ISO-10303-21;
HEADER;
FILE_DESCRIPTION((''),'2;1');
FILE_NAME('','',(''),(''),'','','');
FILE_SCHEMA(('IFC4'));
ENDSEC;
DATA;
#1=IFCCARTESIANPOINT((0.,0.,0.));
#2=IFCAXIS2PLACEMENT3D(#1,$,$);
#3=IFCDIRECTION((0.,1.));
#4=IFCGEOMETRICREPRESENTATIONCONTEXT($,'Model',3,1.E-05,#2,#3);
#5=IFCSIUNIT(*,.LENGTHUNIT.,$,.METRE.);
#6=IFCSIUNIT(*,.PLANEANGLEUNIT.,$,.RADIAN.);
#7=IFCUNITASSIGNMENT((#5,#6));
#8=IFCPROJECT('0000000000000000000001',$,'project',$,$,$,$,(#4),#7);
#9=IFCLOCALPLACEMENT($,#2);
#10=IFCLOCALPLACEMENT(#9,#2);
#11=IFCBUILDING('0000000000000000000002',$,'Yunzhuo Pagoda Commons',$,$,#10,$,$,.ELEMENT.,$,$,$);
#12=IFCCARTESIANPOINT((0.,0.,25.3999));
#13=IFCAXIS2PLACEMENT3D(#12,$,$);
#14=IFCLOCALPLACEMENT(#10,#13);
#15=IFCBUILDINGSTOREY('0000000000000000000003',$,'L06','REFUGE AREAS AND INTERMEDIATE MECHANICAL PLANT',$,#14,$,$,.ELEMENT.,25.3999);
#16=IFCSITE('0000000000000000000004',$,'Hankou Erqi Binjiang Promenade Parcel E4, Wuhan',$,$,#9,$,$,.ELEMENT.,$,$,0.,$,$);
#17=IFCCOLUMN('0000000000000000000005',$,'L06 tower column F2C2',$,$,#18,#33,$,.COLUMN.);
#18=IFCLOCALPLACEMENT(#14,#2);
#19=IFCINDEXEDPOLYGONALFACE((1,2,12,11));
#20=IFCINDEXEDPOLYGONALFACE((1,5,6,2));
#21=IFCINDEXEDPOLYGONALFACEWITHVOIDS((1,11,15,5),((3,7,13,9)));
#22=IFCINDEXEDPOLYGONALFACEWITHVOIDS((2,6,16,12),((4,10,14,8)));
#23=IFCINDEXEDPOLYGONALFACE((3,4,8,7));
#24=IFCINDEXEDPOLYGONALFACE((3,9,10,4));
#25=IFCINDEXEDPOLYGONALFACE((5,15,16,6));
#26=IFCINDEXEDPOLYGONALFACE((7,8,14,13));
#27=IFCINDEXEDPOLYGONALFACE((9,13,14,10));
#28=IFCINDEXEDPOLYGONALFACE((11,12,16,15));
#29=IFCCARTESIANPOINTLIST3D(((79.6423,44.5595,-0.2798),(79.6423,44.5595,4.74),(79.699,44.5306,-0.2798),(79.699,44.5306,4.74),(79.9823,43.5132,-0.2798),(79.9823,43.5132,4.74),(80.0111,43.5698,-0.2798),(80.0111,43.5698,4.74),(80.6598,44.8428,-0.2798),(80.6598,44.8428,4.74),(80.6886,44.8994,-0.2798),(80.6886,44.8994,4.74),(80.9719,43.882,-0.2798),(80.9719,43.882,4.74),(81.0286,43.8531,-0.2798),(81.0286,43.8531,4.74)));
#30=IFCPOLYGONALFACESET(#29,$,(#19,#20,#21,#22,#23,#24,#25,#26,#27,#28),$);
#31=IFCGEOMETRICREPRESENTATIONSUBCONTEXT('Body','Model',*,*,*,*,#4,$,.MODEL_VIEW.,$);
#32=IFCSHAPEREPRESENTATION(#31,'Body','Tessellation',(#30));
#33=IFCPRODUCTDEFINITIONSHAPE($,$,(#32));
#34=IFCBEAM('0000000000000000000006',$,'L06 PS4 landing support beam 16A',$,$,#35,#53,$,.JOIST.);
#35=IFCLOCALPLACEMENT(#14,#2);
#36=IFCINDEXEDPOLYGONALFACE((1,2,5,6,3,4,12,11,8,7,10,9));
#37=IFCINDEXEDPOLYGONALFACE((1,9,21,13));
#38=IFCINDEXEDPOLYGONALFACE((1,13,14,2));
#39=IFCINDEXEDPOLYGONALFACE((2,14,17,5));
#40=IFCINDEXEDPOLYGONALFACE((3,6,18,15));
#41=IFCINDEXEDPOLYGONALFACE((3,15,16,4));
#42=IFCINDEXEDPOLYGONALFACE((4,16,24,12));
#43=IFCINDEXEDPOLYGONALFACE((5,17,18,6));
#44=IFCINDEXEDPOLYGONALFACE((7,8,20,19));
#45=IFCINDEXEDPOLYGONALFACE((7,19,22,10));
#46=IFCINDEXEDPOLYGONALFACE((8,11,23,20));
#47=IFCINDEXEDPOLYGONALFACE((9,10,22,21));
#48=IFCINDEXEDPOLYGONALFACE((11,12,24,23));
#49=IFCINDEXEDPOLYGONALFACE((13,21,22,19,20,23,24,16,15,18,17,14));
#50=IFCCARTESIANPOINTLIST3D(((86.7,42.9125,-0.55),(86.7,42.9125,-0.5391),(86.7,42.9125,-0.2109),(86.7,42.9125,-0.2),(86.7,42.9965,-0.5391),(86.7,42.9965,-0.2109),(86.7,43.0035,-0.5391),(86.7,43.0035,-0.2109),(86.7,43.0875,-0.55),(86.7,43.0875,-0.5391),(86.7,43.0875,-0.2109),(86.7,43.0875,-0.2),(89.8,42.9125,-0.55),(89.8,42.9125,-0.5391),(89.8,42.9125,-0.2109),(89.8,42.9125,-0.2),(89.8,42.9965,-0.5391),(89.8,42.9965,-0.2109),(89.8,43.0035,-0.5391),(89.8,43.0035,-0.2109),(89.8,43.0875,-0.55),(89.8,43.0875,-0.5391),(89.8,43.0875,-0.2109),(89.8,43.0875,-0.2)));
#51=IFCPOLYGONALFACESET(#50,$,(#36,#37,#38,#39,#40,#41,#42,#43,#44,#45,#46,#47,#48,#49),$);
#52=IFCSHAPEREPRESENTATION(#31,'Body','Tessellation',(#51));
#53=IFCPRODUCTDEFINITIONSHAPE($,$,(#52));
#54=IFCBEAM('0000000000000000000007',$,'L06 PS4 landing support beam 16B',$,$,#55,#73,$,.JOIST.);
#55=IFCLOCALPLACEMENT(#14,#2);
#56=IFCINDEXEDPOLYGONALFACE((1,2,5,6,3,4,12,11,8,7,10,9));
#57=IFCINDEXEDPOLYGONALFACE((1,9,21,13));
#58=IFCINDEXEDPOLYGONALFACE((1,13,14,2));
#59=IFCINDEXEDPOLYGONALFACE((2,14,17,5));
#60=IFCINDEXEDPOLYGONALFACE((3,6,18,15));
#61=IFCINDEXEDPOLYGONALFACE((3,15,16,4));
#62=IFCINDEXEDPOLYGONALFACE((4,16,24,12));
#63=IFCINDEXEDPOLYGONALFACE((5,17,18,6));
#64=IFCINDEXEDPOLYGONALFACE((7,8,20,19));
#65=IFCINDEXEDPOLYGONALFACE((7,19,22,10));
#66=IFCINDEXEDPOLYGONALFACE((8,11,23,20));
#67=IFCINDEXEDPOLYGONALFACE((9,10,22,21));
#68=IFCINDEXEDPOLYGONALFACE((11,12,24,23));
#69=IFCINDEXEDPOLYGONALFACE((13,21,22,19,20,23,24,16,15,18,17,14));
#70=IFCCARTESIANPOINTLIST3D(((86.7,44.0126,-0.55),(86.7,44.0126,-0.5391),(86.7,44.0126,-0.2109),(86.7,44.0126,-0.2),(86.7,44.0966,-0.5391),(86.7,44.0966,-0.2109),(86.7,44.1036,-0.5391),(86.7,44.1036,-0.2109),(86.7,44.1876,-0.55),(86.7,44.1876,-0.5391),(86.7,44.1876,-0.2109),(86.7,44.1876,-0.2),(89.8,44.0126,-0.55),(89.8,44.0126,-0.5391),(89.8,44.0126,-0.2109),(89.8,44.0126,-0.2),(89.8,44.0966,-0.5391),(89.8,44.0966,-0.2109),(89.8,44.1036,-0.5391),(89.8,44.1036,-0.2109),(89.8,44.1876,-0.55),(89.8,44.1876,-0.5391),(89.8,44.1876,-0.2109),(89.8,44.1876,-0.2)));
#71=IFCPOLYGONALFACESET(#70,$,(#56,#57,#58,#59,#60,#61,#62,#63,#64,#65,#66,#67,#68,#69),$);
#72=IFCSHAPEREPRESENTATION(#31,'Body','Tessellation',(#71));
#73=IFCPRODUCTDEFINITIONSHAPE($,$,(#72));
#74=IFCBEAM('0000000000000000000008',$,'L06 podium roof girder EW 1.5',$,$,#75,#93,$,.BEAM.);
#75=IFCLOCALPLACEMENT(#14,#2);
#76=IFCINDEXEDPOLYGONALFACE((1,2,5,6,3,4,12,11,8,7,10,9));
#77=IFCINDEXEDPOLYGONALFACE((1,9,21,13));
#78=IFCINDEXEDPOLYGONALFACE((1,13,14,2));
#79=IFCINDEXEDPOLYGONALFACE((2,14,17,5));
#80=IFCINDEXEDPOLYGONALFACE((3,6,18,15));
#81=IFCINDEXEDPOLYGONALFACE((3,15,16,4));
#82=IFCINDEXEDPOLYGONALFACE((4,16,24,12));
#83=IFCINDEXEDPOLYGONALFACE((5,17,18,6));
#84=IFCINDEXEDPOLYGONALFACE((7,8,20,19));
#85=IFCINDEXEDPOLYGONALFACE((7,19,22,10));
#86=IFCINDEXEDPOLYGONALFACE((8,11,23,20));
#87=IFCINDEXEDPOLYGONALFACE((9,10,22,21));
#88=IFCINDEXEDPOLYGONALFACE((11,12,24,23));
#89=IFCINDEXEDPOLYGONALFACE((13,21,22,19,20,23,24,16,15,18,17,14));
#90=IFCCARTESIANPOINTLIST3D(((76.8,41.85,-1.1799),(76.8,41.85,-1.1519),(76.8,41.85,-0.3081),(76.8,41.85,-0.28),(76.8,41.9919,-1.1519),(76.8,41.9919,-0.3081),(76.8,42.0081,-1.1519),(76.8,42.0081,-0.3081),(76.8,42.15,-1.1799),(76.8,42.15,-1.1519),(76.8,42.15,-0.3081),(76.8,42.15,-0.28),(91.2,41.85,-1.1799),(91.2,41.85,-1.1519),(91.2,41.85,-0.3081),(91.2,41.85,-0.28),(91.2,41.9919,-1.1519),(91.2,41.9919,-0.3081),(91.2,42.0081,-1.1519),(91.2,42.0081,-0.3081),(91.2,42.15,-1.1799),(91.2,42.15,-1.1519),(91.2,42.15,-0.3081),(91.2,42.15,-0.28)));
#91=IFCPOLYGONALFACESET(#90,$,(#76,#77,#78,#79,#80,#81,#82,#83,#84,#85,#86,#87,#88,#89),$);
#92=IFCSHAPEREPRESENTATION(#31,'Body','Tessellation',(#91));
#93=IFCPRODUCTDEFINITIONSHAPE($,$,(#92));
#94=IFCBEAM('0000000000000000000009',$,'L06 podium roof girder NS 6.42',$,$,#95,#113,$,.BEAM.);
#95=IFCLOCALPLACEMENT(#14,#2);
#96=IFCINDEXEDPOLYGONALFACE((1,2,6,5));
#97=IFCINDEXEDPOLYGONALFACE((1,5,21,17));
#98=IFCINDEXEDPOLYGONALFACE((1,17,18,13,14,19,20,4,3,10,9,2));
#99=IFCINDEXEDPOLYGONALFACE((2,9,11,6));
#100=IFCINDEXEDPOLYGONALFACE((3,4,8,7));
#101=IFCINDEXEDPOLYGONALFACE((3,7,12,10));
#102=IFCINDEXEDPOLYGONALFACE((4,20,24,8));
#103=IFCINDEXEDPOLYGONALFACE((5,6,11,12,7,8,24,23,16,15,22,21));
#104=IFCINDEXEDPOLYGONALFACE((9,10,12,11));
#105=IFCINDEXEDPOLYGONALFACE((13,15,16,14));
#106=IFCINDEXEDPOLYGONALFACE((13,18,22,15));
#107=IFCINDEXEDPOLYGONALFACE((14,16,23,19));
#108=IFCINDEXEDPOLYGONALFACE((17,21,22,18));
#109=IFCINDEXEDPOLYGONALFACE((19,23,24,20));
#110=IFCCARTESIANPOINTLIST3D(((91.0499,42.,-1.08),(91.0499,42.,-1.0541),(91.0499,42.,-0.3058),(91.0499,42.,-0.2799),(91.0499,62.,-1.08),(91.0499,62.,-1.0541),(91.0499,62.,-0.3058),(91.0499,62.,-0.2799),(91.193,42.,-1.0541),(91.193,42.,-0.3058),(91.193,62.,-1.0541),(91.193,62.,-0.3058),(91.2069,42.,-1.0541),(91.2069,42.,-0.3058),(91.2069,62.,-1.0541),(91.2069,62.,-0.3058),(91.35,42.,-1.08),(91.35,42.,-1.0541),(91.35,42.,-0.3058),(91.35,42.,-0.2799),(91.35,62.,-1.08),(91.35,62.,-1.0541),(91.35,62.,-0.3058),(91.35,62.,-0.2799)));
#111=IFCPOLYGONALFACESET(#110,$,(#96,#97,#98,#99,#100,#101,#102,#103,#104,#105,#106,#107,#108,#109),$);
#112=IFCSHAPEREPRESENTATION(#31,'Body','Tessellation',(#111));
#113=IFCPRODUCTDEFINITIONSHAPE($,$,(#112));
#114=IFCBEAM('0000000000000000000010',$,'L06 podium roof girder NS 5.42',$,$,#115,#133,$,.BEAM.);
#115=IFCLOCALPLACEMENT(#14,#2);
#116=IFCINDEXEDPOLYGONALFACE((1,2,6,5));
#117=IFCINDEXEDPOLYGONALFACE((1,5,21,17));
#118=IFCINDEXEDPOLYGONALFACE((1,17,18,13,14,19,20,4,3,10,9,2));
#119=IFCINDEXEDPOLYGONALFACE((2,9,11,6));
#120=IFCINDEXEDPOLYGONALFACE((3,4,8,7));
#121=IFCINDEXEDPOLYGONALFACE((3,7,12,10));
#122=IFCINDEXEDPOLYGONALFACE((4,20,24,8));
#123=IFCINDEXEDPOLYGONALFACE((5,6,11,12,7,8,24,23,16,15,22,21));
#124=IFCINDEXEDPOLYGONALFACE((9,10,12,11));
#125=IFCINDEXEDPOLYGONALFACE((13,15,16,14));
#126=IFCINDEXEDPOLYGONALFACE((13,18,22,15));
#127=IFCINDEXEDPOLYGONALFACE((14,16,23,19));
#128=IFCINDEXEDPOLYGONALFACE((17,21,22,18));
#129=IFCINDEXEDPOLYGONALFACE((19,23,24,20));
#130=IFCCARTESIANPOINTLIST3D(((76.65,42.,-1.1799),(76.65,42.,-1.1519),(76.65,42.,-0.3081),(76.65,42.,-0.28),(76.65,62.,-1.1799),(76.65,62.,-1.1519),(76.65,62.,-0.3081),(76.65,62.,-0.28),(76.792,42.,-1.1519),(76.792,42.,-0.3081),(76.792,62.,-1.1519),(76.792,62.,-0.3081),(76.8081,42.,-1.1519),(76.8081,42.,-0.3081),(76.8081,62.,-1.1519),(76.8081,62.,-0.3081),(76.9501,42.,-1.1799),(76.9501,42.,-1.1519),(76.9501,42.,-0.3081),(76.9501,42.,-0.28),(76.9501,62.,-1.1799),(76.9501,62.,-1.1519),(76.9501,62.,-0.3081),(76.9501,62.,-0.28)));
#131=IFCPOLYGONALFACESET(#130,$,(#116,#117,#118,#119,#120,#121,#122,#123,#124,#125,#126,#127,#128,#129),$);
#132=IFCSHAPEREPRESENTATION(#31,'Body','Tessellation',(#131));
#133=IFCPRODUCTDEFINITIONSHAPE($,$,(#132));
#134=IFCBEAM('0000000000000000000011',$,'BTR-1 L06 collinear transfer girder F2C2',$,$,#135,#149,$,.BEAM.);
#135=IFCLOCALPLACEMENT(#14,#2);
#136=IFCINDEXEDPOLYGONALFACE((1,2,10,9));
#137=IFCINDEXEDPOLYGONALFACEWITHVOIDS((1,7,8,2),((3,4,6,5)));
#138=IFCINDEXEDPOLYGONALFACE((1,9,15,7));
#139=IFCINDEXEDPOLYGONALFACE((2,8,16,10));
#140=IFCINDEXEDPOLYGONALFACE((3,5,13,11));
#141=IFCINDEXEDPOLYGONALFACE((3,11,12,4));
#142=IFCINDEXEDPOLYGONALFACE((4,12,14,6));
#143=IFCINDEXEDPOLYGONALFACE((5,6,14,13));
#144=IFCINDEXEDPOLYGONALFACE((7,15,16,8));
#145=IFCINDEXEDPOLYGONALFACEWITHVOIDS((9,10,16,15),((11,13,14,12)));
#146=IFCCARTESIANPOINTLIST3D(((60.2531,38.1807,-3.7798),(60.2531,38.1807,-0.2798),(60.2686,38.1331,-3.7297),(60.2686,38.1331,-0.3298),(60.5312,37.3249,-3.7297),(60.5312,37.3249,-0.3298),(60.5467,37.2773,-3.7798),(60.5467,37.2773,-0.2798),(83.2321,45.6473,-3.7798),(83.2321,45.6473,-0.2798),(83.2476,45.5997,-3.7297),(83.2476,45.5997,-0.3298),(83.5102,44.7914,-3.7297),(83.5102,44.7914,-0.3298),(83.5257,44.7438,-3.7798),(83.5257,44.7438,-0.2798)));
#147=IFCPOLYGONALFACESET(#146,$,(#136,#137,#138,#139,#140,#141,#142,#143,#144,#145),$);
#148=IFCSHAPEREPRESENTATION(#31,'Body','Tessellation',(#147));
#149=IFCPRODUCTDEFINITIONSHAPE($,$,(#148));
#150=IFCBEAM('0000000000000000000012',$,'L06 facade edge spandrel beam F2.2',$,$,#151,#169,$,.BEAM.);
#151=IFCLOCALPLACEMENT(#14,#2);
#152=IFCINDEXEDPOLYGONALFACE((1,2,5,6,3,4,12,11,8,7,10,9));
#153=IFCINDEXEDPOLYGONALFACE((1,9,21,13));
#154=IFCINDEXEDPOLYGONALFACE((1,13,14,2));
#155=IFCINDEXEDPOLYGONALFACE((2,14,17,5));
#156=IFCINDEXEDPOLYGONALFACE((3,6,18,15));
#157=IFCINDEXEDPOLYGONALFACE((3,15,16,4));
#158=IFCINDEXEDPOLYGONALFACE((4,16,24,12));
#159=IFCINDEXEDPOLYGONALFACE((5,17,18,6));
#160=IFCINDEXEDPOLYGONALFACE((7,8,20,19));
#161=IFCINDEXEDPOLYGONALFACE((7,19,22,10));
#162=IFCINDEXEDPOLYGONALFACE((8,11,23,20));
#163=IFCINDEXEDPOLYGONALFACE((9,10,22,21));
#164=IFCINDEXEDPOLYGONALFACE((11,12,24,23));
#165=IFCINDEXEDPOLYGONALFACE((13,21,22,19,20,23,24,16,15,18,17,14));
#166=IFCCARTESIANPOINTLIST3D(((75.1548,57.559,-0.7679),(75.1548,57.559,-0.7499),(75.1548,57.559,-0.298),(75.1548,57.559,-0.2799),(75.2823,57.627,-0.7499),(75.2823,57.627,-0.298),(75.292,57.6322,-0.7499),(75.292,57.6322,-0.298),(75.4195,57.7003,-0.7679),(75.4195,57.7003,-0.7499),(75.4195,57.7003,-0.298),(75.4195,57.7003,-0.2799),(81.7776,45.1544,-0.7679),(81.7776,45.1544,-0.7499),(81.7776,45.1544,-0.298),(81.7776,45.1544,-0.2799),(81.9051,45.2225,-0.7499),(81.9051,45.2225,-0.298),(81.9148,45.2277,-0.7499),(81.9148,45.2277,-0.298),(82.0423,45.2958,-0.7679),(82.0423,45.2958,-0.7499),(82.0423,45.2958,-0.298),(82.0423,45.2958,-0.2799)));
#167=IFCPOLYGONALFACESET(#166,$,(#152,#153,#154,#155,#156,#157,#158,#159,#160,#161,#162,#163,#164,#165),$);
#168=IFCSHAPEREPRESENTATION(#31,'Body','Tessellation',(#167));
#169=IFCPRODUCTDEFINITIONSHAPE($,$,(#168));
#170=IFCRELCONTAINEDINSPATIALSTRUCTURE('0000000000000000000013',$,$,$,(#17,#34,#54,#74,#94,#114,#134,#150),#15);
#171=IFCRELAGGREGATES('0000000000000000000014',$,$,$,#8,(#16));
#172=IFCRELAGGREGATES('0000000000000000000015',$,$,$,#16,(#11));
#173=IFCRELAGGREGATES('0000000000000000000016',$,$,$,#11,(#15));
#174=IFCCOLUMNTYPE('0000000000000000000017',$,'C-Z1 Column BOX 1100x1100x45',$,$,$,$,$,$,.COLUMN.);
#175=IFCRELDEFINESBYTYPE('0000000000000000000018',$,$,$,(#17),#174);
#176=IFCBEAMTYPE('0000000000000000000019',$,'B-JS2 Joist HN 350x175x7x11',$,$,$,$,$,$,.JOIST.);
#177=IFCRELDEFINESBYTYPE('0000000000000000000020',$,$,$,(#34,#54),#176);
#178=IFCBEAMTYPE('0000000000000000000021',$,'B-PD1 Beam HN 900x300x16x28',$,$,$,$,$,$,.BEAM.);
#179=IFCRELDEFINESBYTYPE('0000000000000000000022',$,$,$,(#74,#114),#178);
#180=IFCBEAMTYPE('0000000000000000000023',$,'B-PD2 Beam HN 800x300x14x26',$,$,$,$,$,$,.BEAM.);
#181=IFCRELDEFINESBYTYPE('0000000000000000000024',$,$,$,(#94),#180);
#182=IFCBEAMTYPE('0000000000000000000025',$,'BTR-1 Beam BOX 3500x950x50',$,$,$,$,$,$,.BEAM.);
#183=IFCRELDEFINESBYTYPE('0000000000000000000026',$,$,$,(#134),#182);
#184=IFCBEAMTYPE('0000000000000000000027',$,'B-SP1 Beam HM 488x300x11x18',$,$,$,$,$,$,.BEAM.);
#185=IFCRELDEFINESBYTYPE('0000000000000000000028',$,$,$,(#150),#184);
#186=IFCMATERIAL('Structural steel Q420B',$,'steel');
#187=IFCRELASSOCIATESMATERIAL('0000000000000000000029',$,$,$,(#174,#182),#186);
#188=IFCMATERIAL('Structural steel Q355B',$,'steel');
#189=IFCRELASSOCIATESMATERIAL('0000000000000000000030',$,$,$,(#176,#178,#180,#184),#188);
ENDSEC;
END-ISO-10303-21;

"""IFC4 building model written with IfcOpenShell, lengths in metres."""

from ifc_helpers import new_model, si_unit, direction, frame, origin, origin_2d, place, context, subcontext, project, spatial, hollow_rectangle, i_section, extrude, source, transform, mapped, material, material_profile, profile_set, type_object, element, save


model = new_model("IFC4")

# Units and contexts
model_context = context("Model", 3, precision=1e-05, world=origin(), true_north=direction((0.0, 1.0)))
body_context = subcontext(model_context, "Body", "Model", "MODEL_VIEW")
ifc_project = project(units=[si_unit("LENGTHUNIT", "METRE"), si_unit("PLANEANGLEUNIT", "RADIAN")], contexts=[model_context])

# Site, building, storey
site_placement = place(None, origin())
site = spatial("IfcSite", under=ifc_project, at=site_placement, Name="Hankou Erqi Binjiang Promenade Parcel E4, Wuhan", CompositionType="ELEMENT", RefElevation=0.0)
building_placement = place(site_placement, origin())
building = spatial("IfcBuilding", under=site, at=building_placement, Name="Yunzhuo Pagoda Commons", CompositionType="ELEMENT")
storey_placement = place(building_placement, frame((0.0, 0.0, 25.3999)))
storey = spatial("IfcBuildingStorey", under=building, at=storey_placement, Name="L06", Description="REFUGE AREAS AND INTERMEDIATE MECHANICAL PLANT", CompositionType="ELEMENT", Elevation=25.3999)

# Column
ifc_material_1 = material(Name="Structural steel Q420B", Category="steel")
ifc_material_profile_1 = material_profile(ifc_material_1, hollow_rectangle(XDim=1.1001, YDim=1.1001, WallThickness=0.0449, at=origin_2d()), Name="Structural steel Q420B")
ifc_profile_set_1 = profile_set([ifc_material_profile_1], Name="Structural steel Q420B")
column_type = type_object("IfcColumnType", Name="C-Z1 Column BOX 1100x1100x45", PredefinedType="COLUMN", material=ifc_profile_set_1)
shared_shape_1 = source(origin(), body_context, "Body", "SweptSolid", [
    extrude(hollow_rectangle(XDim=1.1001, YDim=1.1001, WallThickness=0.0449, at=origin_2d()), origin(), (0.0, 0.0, 1.0), 5.0198),
])
column_placement = place(storey_placement, frame((80.3354, 44.2063, -0.2798), z_axis=(0.0, 0.0, 1.0), x_axis=(-0.309017, 0.951057, 0.0)))
element("IfcColumn", 1, at=column_placement, inside=storey, type_object=column_type, Name="L06 tower column F2C2", PredefinedType="COLUMN", context=body_context, shape_type="MappedRepresentation", body=[
    mapped(shared_shape_1, transform((0.0, 0.0, 0.0), scale=1.0)),
])

# Beams
ifc_material_2 = material(Name="Structural steel Q355B", Category="steel")
ifc_material_profile_2 = material_profile(ifc_material_2, i_section(OverallWidth=0.175, OverallDepth=0.3501, WebThickness=0.0071, FlangeThickness=0.011, at=origin_2d()), Name="Structural steel Q355B")
ifc_profile_set_2 = profile_set([ifc_material_profile_2], Name="Structural steel Q355B")
beam_type_1 = type_object("IfcBeamType", Name="B-JS2 Joist HN 350x175x7x11", PredefinedType="JOIST", material=ifc_profile_set_2)
shared_shape_2 = source(origin(), body_context, "Body", "SweptSolid", [
    extrude(i_section(OverallWidth=0.175, OverallDepth=0.3501, WebThickness=0.0071, FlangeThickness=0.011, at=origin_2d()), origin(), (0.0, 0.0, 1.0), 3.1001),
])
for number, where, z_axis, x_axis, name in (
    (2, (86.7, 43.0, -0.375), (1.0, 0.0, 0.0), (0.0, 1.0, 0.0), "L06 PS4 landing support beam 16A"),
    (3, (86.7, 44.1001, -0.375), (1.0, 0.0, 0.0), (0.0, 1.0, 0.0), "L06 PS4 landing support beam 16B"),
):
    element("IfcBeam", number, at=place(storey_placement, frame(where, z_axis=z_axis, x_axis=x_axis)), inside=storey, type_object=beam_type_1, Name=name, PredefinedType="JOIST", context=body_context, shape_type="MappedRepresentation", body=[
        mapped(shared_shape_2, transform((0.0, 0.0, 0.0), scale=1.0)),
    ])
ifc_material_profile_3 = material_profile(ifc_material_2, i_section(OverallWidth=0.3, OverallDepth=0.8999, WebThickness=0.0161, FlangeThickness=0.0281, at=origin_2d()), Name="Structural steel Q355B")
ifc_profile_set_3 = profile_set([ifc_material_profile_3], Name="Structural steel Q355B")
beam_type_2 = type_object("IfcBeamType", Name="B-PD1 Beam HN 900x300x16x28", PredefinedType="BEAM", material=ifc_profile_set_3)
shared_shape_3 = source(origin(), body_context, "Body", "SweptSolid", [
    extrude(i_section(OverallWidth=0.3, OverallDepth=0.8999, WebThickness=0.0161, FlangeThickness=0.0281, at=origin_2d()), origin(), (0.0, 0.0, 1.0), 14.3999),
])
beam_1_placement = place(storey_placement, frame((76.8, 42.0, -0.73), z_axis=(1.0, 0.0, 0.0), x_axis=(0.0, 1.0, 0.0)))
element("IfcBeam", 4, at=beam_1_placement, inside=storey, type_object=beam_type_2, Name="L06 podium roof girder EW 1.5", PredefinedType="BEAM", context=body_context, shape_type="MappedRepresentation", body=[
    mapped(shared_shape_3, transform((0.0, 0.0, 0.0), scale=1.0)),
])
ifc_material_profile_4 = material_profile(ifc_material_2, i_section(OverallWidth=0.3, OverallDepth=0.8, WebThickness=0.0139, FlangeThickness=0.0259, at=origin_2d()), Name="Structural steel Q355B")
ifc_profile_set_4 = profile_set([ifc_material_profile_4], Name="Structural steel Q355B")
beam_type_3 = type_object("IfcBeamType", Name="B-PD2 Beam HN 800x300x14x26", PredefinedType="BEAM", material=ifc_profile_set_4)
shared_shape_4 = source(origin(), body_context, "Body", "SweptSolid", [
    extrude(i_section(OverallWidth=0.3, OverallDepth=0.8, WebThickness=0.0139, FlangeThickness=0.0259, at=origin_2d()), origin(), (0.0, 0.0, 1.0), 20.0),
])
beam_2_placement = place(storey_placement, frame((91.2, 42.0, -0.6799), z_axis=(0.0, 1.0, 0.0), x_axis=(-1.0, 0.0, 0.0)))
element("IfcBeam", 5, at=beam_2_placement, inside=storey, type_object=beam_type_3, Name="L06 podium roof girder NS 6.42", PredefinedType="BEAM", context=body_context, shape_type="MappedRepresentation", body=[
    mapped(shared_shape_4, transform((0.0, 0.0, 0.0), scale=1.0)),
])
shared_shape_5 = source(origin(), body_context, "Body", "SweptSolid", [
    extrude(i_section(OverallWidth=0.3, OverallDepth=0.8999, WebThickness=0.0161, FlangeThickness=0.0281, at=origin_2d()), origin(), (0.0, 0.0, 1.0), 20.0),
])
beam_3_placement = place(storey_placement, frame((76.8, 42.0, -0.73), z_axis=(0.0, 1.0, 0.0), x_axis=(-1.0, 0.0, 0.0)))
element("IfcBeam", 6, at=beam_3_placement, inside=storey, type_object=beam_type_2, Name="L06 podium roof girder NS 5.42", PredefinedType="BEAM", context=body_context, shape_type="MappedRepresentation", body=[
    mapped(shared_shape_5, transform((0.0, 0.0, 0.0), scale=1.0)),
])
ifc_material_profile_5 = material_profile(ifc_material_1, hollow_rectangle(XDim=0.95, YDim=3.5, WallThickness=0.05, at=origin_2d()), Name="Structural steel Q420B")
ifc_profile_set_5 = profile_set([ifc_material_profile_5], Name="Structural steel Q420B")
beam_type_4 = type_object("IfcBeamType", Name="BTR-1 Beam BOX 3500x950x50", PredefinedType="BEAM", material=ifc_profile_set_5)
shared_shape_6 = source(origin(), body_context, "Body", "SweptSolid", [
    extrude(hollow_rectangle(XDim=0.95, YDim=3.5, WallThickness=0.05, at=origin_2d()), origin(), (0.0, 0.0, 1.0), 24.1616),
])
beam_4_placement = place(storey_placement, frame((83.3789, 45.1956, -2.0298), z_axis=(-0.951054, -0.309025, 0.0), x_axis=(0.309025, -0.951054, 0.0)))
element("IfcBeam", 7, at=beam_4_placement, inside=storey, type_object=beam_type_4, Name="BTR-1 L06 collinear transfer girder F2C2", PredefinedType="BEAM", context=body_context, shape_type="MappedRepresentation", body=[
    mapped(shared_shape_6, transform((0.0, 0.0, 0.0), scale=1.0)),
])
ifc_material_profile_6 = material_profile(ifc_material_2, i_section(OverallWidth=0.3, OverallDepth=0.488, WebThickness=0.011, FlangeThickness=0.0181, at=origin_2d()), Name="Structural steel Q355B")
ifc_profile_set_6 = profile_set([ifc_material_profile_6], Name="Structural steel Q355B")
beam_type_5 = type_object("IfcBeamType", Name="B-SP1 Beam HM 488x300x11x18", PredefinedType="BEAM", material=ifc_profile_set_6)
shared_shape_7 = source(origin(), body_context, "Body", "SweptSolid", [
    extrude(i_section(OverallWidth=0.3, OverallDepth=0.488, WebThickness=0.011, FlangeThickness=0.0181, at=origin_2d()), origin(), (0.0, 0.0, 1.0), 14.0618),
])
beam_5_placement = place(storey_placement, frame((81.9099, 45.2251, -0.5239), z_axis=(-0.470978, 0.882145, 0.0), x_axis=(-0.882145, -0.470978, 0.0)))
element("IfcBeam", 8, at=beam_5_placement, inside=storey, type_object=beam_type_5, Name="L06 facade edge spandrel beam F2.2", PredefinedType="BEAM", context=body_context, shape_type="MappedRepresentation", body=[
    mapped(shared_shape_7, transform((0.0, 0.0, 0.0), scale=1.0)),
])

save(model, "model.ifc")
